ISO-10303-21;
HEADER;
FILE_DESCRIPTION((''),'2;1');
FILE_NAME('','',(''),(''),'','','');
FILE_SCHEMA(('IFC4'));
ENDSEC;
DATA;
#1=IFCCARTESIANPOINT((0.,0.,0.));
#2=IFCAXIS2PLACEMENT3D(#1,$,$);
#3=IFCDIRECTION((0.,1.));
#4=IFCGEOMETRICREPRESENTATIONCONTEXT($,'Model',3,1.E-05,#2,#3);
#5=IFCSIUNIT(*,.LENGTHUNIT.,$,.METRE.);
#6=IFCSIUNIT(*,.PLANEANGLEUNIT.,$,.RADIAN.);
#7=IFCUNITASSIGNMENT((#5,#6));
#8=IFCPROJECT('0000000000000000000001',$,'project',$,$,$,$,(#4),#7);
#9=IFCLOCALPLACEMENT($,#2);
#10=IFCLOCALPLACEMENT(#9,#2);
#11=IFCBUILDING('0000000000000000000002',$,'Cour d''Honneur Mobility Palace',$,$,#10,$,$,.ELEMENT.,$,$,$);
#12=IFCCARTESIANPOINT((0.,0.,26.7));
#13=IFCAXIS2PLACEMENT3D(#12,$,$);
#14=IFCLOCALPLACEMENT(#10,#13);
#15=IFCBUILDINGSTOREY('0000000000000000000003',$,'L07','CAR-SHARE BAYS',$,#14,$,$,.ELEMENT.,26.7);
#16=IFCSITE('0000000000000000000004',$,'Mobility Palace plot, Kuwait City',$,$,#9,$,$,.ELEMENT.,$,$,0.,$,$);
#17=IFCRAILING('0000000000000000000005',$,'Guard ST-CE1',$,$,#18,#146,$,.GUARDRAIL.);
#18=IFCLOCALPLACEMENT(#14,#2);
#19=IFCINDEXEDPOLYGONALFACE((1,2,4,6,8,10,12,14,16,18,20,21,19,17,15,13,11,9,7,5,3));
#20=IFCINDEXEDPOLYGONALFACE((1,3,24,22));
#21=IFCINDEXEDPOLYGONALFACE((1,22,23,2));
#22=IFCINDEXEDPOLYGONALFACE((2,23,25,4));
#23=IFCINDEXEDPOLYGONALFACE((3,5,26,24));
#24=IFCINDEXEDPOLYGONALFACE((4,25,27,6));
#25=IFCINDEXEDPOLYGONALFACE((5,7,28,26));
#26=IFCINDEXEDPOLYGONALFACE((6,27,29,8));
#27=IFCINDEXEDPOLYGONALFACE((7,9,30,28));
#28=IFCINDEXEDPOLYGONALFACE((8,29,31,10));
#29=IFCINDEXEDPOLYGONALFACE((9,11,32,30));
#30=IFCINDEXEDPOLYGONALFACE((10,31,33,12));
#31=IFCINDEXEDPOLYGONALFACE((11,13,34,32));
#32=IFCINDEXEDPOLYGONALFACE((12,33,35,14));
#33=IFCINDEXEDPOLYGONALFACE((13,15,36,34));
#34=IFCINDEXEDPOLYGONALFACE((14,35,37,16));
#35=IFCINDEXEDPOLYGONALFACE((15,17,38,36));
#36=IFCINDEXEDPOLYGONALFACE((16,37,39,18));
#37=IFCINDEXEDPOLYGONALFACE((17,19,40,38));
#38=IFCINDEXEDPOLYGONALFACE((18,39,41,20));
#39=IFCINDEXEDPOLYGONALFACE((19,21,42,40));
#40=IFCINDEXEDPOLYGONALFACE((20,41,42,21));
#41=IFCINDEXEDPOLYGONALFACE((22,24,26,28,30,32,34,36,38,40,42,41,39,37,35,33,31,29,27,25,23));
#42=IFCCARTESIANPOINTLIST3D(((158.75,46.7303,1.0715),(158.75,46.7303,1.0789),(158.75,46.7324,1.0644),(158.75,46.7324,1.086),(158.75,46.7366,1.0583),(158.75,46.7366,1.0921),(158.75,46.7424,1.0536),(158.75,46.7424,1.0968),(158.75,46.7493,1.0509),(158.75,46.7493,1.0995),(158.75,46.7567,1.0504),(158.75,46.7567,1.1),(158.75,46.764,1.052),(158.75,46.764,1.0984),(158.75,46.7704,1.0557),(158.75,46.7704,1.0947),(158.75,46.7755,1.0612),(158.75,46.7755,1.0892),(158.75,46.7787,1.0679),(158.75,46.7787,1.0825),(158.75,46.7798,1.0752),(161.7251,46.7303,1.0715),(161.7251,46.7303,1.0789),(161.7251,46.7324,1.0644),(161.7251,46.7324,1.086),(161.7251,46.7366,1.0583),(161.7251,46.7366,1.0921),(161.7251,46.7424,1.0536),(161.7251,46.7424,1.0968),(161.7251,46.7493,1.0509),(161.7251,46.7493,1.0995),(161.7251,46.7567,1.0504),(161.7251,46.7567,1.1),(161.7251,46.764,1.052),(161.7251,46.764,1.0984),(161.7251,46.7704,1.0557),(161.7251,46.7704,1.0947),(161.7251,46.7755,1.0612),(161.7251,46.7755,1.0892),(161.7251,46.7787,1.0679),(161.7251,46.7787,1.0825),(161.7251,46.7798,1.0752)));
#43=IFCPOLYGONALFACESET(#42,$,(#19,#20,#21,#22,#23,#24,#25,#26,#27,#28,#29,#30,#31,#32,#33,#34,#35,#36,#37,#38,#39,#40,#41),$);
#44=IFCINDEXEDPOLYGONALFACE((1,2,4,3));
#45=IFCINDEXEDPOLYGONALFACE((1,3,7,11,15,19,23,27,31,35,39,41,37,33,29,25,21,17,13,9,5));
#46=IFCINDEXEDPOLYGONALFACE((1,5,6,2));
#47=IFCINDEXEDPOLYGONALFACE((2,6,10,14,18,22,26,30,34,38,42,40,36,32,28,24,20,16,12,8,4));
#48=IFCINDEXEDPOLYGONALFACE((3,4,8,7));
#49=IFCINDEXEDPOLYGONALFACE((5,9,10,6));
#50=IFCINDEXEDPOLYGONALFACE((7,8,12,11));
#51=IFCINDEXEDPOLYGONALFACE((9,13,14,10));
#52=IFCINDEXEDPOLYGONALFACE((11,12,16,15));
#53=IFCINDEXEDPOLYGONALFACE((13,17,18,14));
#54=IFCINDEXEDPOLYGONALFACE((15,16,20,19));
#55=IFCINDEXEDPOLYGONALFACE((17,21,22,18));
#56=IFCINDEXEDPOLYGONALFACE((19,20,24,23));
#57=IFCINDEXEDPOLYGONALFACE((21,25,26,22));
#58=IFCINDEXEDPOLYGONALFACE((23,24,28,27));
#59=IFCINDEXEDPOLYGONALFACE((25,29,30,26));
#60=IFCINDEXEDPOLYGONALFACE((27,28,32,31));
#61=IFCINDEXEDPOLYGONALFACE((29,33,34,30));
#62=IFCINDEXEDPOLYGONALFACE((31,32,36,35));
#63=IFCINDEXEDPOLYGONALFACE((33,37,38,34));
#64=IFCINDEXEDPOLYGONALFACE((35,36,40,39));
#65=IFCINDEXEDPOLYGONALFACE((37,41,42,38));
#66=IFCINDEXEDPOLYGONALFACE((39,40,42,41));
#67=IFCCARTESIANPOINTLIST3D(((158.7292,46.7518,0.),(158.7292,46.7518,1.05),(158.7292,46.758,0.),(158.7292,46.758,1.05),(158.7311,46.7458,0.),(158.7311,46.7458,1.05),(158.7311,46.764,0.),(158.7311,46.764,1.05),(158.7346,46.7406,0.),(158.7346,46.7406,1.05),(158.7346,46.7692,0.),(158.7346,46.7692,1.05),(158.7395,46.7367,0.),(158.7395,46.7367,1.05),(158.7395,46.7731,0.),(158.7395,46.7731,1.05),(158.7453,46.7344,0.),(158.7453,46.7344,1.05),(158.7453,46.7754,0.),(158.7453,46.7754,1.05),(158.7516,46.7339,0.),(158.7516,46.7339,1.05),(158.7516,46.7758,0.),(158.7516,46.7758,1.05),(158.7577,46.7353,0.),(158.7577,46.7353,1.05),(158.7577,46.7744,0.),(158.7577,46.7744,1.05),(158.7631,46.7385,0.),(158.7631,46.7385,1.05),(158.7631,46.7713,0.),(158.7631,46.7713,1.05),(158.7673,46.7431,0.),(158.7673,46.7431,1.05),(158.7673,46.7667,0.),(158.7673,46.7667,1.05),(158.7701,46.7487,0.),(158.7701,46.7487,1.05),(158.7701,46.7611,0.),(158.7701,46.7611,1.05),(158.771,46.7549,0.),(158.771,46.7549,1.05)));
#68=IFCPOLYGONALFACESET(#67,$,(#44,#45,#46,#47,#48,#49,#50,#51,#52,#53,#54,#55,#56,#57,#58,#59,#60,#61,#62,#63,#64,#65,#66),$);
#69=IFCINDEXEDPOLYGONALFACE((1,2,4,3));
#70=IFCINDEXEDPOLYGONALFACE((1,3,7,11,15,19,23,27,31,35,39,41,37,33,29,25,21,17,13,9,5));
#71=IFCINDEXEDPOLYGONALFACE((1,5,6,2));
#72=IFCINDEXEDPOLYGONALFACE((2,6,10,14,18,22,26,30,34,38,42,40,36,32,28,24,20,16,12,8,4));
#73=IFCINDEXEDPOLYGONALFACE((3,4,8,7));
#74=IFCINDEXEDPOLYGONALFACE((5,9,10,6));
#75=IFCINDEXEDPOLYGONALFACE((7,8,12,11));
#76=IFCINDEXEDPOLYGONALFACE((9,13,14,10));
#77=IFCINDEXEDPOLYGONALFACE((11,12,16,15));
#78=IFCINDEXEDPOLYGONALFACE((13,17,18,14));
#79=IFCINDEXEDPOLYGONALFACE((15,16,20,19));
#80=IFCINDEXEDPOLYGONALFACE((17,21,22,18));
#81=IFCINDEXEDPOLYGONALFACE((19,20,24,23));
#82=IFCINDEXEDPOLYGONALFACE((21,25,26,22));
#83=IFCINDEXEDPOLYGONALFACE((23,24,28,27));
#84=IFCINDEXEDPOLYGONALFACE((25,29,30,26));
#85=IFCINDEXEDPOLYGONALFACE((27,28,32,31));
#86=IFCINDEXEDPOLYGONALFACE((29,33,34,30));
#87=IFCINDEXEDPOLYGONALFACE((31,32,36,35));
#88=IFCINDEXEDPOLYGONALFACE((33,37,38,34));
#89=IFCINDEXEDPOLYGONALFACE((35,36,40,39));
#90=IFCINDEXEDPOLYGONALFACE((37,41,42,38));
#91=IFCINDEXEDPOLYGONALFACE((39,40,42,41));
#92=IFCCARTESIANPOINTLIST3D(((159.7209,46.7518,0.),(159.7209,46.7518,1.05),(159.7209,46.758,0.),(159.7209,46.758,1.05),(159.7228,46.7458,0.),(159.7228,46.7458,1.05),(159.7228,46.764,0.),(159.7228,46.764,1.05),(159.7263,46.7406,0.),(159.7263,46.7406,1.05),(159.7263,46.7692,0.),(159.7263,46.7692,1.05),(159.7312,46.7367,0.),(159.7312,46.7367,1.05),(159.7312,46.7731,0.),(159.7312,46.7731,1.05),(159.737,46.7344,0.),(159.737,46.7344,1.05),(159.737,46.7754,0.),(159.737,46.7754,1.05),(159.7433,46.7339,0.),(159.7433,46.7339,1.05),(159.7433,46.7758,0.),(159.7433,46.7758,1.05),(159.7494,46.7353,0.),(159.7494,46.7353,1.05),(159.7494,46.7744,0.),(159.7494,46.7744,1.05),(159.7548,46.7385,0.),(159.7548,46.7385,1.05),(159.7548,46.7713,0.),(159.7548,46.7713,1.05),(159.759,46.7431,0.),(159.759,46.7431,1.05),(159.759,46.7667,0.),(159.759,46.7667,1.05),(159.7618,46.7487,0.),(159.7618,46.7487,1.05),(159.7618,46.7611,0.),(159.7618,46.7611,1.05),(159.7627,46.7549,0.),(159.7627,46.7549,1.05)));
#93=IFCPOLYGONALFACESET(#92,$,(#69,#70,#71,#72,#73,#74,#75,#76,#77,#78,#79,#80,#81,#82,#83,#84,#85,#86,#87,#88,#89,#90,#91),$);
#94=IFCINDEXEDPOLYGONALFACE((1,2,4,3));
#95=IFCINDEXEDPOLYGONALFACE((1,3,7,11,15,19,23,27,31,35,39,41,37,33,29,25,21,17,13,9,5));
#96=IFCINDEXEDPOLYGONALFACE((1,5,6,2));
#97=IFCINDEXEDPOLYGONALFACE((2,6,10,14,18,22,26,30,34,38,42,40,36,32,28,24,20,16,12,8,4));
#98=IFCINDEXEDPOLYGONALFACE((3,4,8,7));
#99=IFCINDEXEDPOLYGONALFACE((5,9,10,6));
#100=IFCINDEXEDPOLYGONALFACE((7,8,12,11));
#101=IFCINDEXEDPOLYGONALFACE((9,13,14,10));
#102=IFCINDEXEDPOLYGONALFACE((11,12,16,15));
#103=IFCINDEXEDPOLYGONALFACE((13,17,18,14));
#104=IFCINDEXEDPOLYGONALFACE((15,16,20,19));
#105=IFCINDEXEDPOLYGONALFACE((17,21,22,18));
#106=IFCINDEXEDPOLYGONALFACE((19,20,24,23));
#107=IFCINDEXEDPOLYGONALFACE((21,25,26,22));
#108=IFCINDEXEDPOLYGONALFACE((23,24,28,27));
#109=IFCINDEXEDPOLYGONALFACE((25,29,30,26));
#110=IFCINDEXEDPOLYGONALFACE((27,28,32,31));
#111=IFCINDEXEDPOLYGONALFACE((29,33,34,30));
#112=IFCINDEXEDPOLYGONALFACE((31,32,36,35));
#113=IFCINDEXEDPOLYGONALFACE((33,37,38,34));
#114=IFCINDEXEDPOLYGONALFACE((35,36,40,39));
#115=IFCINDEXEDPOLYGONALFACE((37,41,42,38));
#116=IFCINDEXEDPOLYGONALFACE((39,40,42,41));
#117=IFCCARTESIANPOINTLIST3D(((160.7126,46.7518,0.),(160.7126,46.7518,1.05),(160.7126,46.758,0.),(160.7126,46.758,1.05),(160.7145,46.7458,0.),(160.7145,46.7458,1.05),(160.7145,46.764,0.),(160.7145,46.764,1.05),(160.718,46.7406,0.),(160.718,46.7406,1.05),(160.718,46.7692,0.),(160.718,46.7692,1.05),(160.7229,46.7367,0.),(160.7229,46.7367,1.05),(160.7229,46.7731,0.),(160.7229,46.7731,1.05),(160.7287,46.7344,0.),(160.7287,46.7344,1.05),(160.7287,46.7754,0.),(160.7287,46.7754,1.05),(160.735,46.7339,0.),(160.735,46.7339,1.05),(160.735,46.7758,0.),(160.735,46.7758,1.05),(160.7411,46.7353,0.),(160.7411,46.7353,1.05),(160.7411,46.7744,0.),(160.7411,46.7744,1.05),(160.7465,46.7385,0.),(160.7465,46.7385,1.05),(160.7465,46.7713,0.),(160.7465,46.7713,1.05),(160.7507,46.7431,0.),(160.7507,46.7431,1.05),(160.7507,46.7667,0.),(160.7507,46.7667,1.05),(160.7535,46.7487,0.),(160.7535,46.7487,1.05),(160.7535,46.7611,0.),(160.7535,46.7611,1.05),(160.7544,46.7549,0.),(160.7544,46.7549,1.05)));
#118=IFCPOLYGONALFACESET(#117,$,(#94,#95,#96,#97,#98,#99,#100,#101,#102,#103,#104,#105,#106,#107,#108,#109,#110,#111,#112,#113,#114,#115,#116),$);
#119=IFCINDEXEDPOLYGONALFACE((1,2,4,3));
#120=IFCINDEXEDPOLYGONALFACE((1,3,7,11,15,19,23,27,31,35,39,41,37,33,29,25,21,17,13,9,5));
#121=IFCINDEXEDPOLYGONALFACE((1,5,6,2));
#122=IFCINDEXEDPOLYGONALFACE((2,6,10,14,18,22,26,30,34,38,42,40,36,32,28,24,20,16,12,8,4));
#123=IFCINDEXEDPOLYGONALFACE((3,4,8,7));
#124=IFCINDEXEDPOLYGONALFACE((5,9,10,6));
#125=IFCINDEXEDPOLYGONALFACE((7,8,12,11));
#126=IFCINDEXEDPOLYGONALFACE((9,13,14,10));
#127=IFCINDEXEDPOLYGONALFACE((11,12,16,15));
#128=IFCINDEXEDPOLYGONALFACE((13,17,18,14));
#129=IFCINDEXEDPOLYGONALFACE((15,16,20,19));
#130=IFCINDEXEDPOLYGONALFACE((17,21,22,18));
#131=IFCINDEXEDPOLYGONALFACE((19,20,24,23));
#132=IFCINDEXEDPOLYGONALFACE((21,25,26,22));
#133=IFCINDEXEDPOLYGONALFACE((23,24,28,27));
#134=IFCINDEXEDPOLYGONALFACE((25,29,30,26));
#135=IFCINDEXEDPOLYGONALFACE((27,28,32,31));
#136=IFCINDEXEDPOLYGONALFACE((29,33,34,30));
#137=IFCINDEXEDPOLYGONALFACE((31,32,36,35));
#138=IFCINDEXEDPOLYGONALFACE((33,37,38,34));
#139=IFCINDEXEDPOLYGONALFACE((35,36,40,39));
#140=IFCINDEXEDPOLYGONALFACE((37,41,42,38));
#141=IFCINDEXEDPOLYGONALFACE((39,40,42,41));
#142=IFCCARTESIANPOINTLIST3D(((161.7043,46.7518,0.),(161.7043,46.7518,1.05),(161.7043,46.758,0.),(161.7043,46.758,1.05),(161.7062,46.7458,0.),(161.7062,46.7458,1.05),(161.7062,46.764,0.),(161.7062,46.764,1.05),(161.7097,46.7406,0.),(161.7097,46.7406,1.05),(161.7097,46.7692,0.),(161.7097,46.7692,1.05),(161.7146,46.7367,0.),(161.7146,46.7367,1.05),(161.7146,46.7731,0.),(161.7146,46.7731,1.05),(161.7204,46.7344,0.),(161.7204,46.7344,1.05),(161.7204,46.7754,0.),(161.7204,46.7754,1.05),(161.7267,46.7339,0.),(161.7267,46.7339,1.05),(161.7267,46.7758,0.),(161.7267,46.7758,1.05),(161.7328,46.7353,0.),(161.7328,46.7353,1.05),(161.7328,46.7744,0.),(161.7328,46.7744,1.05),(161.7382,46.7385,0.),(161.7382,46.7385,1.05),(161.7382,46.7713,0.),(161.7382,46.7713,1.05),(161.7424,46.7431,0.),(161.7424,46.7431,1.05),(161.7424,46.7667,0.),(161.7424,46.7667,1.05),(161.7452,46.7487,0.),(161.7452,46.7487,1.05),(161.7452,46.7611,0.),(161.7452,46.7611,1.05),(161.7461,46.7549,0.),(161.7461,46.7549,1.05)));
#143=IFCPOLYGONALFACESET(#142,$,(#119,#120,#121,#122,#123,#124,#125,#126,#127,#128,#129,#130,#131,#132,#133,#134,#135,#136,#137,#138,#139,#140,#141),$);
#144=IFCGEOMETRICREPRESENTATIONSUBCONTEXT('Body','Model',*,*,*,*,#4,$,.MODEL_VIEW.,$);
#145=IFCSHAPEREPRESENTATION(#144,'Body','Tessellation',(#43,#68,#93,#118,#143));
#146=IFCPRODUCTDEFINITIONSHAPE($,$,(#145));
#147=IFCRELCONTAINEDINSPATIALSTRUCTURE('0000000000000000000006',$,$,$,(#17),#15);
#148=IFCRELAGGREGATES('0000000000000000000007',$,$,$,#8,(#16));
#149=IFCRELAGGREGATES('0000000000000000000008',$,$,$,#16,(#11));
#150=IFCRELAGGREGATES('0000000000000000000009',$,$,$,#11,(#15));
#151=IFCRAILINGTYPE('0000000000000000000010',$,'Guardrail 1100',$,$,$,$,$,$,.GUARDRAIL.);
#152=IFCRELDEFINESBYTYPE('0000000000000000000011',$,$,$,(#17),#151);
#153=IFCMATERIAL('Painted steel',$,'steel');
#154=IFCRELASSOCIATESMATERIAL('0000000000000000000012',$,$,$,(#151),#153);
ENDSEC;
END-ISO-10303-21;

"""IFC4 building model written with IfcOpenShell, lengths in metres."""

from ifc_helpers import new_model, si_unit, direction, frame, origin, origin_2d, place, context, subcontext, project, spatial, circle, extrude, material, type_object, element, save


model = new_model("IFC4")

# Units and contexts
model_context = context("Model", 3, precision=1e-05, world=origin(), true_north=direction((0.0, 1.0)))
body_context = subcontext(model_context, "Body", "Model", "MODEL_VIEW")
ifc_project = project(units=[si_unit("LENGTHUNIT", "METRE"), si_unit("PLANEANGLEUNIT", "RADIAN")], contexts=[model_context])

# Site, building, storey
site_placement = place(None, origin())
site = spatial("IfcSite", under=ifc_project, at=site_placement, Name="Mobility Palace plot, Kuwait City", CompositionType="ELEMENT", RefElevation=0.0)
building_placement = place(site_placement, origin())
building = spatial("IfcBuilding", under=site, at=building_placement, Name="Cour d'Honneur Mobility Palace", CompositionType="ELEMENT")
storey_placement = place(building_placement, frame((0.0, 0.0, 26.7)))
storey = spatial("IfcBuildingStorey", under=building, at=storey_placement, Name="L07", Description="CAR-SHARE BAYS", CompositionType="ELEMENT", Elevation=26.7)

# Railing
ifc_material_1 = material(Name="Painted steel", Category="steel")
railing_type_1 = type_object("IfcRailingType", Name="Guardrail 1100", PredefinedType="GUARDRAIL", material=ifc_material_1)
railing_1_placement = place(storey_placement, frame((158.75, 46.7549, 0.0)))
element("IfcRailing", 1, at=railing_1_placement, inside=storey, type_object=railing_type_1, Name="Guard ST-CE1", PredefinedType="GUARDRAIL", context=body_context, shape_type="SweptSolid", body=[
    extrude(circle(Radius=0.0249, at=origin_2d()), frame((0.0, 0.0, 1.0752), z_axis=(1.0, 0.0, 0.0), x_axis=(0.0, 1.0, 0.0)), (0.0, 0.0, 1.0), 2.9751),
    extrude(circle(Radius=0.021, at=origin_2d()), origin(), (0.0, 0.0, 1.0), 1.05),
    extrude(circle(Radius=0.021, at=origin_2d()), frame((0.9917, 0.0, 0.0)), (0.0, 0.0, 1.0), 1.05),
    extrude(circle(Radius=0.021, at=origin_2d()), frame((1.9834, 0.0, 0.0)), (0.0, 0.0, 1.0), 1.05),
    extrude(circle(Radius=0.021, at=origin_2d()), frame((2.9751, 0.0, 0.0)), (0.0, 0.0, 1.0), 1.05),
])

save(model, "model.ifc")
